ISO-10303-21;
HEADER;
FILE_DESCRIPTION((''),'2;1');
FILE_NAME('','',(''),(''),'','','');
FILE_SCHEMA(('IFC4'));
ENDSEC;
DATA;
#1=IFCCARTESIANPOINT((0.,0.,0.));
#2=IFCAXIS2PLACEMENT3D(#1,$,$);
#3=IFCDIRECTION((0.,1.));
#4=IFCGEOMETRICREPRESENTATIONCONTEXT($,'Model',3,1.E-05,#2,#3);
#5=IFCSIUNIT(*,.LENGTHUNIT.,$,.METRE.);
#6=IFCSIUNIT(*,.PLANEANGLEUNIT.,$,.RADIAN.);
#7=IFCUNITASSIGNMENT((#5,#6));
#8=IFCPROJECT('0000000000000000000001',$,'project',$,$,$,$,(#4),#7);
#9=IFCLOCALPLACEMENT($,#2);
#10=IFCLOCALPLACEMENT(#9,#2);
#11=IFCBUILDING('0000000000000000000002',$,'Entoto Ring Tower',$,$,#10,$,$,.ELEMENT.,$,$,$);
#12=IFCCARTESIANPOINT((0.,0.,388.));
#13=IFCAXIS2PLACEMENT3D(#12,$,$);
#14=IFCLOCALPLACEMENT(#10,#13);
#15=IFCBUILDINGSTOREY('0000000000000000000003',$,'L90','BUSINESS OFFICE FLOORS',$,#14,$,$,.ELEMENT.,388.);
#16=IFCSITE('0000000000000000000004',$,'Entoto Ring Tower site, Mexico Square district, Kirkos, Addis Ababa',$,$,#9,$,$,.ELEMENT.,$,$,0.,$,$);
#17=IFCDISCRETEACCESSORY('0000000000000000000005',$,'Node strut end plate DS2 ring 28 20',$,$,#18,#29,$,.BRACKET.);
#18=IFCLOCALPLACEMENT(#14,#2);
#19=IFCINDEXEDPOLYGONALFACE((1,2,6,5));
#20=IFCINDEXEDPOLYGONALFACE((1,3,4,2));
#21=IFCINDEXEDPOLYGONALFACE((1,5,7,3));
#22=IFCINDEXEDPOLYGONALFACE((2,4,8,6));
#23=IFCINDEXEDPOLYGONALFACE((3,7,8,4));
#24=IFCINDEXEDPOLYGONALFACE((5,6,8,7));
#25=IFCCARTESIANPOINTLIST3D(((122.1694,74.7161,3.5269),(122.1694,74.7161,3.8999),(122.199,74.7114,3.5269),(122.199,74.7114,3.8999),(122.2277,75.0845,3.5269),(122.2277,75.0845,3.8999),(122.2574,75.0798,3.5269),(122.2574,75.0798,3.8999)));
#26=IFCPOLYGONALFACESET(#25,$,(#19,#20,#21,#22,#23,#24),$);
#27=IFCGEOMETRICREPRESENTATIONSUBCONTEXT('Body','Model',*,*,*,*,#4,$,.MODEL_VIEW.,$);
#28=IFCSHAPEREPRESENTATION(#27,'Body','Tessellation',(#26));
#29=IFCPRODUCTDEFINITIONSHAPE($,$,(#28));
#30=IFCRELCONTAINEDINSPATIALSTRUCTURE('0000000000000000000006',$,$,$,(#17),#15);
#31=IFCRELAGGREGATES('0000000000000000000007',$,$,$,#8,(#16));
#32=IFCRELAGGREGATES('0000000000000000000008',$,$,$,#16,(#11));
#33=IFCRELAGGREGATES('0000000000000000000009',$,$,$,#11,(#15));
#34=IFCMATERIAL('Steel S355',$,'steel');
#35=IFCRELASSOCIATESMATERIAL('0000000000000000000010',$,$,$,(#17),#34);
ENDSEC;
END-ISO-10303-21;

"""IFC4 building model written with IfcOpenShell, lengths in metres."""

from ifc_helpers import new_model, si_unit, direction, frame, origin, origin_2d, place, context, subcontext, project, spatial, rectangle, extrude, material, element, save


model = new_model("IFC4")

# Units and contexts
model_context = context("Model", 3, precision=1e-05, world=origin(), true_north=direction((0.0, 1.0)))
body_context = subcontext(model_context, "Body", "Model", "MODEL_VIEW")
ifc_project = project(units=[si_unit("LENGTHUNIT", "METRE"), si_unit("PLANEANGLEUNIT", "RADIAN")], contexts=[model_context])

# Site, building, storey
site_placement = place(None, origin())
site = spatial("IfcSite", under=ifc_project, at=site_placement, Name="Entoto Ring Tower site, Mexico Square district, Kirkos, Addis Ababa", CompositionType="ELEMENT", RefElevation=0.0)
building_placement = place(site_placement, origin())
building = spatial("IfcBuilding", under=site, at=building_placement, Name="Entoto Ring Tower", CompositionType="ELEMENT")
storey_placement = place(building_placement, frame((0.0, 0.0, 388.0)))
storey = spatial("IfcBuildingStorey", under=building, at=storey_placement, Name="L90", Description="BUSINESS OFFICE FLOORS", CompositionType="ELEMENT", Elevation=388.0)

# Discrete accessory
ifc_material_1 = material(Name="Steel S355", Category="steel")
for number, where, z_axis, x_axis, name in (
    (1, (122.2134, 74.8979, 3.5269), (0.0, 0.0, 1.0), (0.987688, -0.156434, 0.0), "Node strut end plate DS2 ring 28 20"),
):
    element("IfcDiscreteAccessory", number, at=place(storey_placement, frame(where, z_axis=z_axis, x_axis=x_axis)), inside=storey, material=ifc_material_1, Name=name, PredefinedType="BRACKET", context=body_context, shape_type="SweptSolid", body=[
        extrude(rectangle(XDim=0.03, YDim=0.373, at=origin_2d()), origin(), (0.0, 0.0, 1.0), 0.373),
    ])

save(model, "model.ifc")
